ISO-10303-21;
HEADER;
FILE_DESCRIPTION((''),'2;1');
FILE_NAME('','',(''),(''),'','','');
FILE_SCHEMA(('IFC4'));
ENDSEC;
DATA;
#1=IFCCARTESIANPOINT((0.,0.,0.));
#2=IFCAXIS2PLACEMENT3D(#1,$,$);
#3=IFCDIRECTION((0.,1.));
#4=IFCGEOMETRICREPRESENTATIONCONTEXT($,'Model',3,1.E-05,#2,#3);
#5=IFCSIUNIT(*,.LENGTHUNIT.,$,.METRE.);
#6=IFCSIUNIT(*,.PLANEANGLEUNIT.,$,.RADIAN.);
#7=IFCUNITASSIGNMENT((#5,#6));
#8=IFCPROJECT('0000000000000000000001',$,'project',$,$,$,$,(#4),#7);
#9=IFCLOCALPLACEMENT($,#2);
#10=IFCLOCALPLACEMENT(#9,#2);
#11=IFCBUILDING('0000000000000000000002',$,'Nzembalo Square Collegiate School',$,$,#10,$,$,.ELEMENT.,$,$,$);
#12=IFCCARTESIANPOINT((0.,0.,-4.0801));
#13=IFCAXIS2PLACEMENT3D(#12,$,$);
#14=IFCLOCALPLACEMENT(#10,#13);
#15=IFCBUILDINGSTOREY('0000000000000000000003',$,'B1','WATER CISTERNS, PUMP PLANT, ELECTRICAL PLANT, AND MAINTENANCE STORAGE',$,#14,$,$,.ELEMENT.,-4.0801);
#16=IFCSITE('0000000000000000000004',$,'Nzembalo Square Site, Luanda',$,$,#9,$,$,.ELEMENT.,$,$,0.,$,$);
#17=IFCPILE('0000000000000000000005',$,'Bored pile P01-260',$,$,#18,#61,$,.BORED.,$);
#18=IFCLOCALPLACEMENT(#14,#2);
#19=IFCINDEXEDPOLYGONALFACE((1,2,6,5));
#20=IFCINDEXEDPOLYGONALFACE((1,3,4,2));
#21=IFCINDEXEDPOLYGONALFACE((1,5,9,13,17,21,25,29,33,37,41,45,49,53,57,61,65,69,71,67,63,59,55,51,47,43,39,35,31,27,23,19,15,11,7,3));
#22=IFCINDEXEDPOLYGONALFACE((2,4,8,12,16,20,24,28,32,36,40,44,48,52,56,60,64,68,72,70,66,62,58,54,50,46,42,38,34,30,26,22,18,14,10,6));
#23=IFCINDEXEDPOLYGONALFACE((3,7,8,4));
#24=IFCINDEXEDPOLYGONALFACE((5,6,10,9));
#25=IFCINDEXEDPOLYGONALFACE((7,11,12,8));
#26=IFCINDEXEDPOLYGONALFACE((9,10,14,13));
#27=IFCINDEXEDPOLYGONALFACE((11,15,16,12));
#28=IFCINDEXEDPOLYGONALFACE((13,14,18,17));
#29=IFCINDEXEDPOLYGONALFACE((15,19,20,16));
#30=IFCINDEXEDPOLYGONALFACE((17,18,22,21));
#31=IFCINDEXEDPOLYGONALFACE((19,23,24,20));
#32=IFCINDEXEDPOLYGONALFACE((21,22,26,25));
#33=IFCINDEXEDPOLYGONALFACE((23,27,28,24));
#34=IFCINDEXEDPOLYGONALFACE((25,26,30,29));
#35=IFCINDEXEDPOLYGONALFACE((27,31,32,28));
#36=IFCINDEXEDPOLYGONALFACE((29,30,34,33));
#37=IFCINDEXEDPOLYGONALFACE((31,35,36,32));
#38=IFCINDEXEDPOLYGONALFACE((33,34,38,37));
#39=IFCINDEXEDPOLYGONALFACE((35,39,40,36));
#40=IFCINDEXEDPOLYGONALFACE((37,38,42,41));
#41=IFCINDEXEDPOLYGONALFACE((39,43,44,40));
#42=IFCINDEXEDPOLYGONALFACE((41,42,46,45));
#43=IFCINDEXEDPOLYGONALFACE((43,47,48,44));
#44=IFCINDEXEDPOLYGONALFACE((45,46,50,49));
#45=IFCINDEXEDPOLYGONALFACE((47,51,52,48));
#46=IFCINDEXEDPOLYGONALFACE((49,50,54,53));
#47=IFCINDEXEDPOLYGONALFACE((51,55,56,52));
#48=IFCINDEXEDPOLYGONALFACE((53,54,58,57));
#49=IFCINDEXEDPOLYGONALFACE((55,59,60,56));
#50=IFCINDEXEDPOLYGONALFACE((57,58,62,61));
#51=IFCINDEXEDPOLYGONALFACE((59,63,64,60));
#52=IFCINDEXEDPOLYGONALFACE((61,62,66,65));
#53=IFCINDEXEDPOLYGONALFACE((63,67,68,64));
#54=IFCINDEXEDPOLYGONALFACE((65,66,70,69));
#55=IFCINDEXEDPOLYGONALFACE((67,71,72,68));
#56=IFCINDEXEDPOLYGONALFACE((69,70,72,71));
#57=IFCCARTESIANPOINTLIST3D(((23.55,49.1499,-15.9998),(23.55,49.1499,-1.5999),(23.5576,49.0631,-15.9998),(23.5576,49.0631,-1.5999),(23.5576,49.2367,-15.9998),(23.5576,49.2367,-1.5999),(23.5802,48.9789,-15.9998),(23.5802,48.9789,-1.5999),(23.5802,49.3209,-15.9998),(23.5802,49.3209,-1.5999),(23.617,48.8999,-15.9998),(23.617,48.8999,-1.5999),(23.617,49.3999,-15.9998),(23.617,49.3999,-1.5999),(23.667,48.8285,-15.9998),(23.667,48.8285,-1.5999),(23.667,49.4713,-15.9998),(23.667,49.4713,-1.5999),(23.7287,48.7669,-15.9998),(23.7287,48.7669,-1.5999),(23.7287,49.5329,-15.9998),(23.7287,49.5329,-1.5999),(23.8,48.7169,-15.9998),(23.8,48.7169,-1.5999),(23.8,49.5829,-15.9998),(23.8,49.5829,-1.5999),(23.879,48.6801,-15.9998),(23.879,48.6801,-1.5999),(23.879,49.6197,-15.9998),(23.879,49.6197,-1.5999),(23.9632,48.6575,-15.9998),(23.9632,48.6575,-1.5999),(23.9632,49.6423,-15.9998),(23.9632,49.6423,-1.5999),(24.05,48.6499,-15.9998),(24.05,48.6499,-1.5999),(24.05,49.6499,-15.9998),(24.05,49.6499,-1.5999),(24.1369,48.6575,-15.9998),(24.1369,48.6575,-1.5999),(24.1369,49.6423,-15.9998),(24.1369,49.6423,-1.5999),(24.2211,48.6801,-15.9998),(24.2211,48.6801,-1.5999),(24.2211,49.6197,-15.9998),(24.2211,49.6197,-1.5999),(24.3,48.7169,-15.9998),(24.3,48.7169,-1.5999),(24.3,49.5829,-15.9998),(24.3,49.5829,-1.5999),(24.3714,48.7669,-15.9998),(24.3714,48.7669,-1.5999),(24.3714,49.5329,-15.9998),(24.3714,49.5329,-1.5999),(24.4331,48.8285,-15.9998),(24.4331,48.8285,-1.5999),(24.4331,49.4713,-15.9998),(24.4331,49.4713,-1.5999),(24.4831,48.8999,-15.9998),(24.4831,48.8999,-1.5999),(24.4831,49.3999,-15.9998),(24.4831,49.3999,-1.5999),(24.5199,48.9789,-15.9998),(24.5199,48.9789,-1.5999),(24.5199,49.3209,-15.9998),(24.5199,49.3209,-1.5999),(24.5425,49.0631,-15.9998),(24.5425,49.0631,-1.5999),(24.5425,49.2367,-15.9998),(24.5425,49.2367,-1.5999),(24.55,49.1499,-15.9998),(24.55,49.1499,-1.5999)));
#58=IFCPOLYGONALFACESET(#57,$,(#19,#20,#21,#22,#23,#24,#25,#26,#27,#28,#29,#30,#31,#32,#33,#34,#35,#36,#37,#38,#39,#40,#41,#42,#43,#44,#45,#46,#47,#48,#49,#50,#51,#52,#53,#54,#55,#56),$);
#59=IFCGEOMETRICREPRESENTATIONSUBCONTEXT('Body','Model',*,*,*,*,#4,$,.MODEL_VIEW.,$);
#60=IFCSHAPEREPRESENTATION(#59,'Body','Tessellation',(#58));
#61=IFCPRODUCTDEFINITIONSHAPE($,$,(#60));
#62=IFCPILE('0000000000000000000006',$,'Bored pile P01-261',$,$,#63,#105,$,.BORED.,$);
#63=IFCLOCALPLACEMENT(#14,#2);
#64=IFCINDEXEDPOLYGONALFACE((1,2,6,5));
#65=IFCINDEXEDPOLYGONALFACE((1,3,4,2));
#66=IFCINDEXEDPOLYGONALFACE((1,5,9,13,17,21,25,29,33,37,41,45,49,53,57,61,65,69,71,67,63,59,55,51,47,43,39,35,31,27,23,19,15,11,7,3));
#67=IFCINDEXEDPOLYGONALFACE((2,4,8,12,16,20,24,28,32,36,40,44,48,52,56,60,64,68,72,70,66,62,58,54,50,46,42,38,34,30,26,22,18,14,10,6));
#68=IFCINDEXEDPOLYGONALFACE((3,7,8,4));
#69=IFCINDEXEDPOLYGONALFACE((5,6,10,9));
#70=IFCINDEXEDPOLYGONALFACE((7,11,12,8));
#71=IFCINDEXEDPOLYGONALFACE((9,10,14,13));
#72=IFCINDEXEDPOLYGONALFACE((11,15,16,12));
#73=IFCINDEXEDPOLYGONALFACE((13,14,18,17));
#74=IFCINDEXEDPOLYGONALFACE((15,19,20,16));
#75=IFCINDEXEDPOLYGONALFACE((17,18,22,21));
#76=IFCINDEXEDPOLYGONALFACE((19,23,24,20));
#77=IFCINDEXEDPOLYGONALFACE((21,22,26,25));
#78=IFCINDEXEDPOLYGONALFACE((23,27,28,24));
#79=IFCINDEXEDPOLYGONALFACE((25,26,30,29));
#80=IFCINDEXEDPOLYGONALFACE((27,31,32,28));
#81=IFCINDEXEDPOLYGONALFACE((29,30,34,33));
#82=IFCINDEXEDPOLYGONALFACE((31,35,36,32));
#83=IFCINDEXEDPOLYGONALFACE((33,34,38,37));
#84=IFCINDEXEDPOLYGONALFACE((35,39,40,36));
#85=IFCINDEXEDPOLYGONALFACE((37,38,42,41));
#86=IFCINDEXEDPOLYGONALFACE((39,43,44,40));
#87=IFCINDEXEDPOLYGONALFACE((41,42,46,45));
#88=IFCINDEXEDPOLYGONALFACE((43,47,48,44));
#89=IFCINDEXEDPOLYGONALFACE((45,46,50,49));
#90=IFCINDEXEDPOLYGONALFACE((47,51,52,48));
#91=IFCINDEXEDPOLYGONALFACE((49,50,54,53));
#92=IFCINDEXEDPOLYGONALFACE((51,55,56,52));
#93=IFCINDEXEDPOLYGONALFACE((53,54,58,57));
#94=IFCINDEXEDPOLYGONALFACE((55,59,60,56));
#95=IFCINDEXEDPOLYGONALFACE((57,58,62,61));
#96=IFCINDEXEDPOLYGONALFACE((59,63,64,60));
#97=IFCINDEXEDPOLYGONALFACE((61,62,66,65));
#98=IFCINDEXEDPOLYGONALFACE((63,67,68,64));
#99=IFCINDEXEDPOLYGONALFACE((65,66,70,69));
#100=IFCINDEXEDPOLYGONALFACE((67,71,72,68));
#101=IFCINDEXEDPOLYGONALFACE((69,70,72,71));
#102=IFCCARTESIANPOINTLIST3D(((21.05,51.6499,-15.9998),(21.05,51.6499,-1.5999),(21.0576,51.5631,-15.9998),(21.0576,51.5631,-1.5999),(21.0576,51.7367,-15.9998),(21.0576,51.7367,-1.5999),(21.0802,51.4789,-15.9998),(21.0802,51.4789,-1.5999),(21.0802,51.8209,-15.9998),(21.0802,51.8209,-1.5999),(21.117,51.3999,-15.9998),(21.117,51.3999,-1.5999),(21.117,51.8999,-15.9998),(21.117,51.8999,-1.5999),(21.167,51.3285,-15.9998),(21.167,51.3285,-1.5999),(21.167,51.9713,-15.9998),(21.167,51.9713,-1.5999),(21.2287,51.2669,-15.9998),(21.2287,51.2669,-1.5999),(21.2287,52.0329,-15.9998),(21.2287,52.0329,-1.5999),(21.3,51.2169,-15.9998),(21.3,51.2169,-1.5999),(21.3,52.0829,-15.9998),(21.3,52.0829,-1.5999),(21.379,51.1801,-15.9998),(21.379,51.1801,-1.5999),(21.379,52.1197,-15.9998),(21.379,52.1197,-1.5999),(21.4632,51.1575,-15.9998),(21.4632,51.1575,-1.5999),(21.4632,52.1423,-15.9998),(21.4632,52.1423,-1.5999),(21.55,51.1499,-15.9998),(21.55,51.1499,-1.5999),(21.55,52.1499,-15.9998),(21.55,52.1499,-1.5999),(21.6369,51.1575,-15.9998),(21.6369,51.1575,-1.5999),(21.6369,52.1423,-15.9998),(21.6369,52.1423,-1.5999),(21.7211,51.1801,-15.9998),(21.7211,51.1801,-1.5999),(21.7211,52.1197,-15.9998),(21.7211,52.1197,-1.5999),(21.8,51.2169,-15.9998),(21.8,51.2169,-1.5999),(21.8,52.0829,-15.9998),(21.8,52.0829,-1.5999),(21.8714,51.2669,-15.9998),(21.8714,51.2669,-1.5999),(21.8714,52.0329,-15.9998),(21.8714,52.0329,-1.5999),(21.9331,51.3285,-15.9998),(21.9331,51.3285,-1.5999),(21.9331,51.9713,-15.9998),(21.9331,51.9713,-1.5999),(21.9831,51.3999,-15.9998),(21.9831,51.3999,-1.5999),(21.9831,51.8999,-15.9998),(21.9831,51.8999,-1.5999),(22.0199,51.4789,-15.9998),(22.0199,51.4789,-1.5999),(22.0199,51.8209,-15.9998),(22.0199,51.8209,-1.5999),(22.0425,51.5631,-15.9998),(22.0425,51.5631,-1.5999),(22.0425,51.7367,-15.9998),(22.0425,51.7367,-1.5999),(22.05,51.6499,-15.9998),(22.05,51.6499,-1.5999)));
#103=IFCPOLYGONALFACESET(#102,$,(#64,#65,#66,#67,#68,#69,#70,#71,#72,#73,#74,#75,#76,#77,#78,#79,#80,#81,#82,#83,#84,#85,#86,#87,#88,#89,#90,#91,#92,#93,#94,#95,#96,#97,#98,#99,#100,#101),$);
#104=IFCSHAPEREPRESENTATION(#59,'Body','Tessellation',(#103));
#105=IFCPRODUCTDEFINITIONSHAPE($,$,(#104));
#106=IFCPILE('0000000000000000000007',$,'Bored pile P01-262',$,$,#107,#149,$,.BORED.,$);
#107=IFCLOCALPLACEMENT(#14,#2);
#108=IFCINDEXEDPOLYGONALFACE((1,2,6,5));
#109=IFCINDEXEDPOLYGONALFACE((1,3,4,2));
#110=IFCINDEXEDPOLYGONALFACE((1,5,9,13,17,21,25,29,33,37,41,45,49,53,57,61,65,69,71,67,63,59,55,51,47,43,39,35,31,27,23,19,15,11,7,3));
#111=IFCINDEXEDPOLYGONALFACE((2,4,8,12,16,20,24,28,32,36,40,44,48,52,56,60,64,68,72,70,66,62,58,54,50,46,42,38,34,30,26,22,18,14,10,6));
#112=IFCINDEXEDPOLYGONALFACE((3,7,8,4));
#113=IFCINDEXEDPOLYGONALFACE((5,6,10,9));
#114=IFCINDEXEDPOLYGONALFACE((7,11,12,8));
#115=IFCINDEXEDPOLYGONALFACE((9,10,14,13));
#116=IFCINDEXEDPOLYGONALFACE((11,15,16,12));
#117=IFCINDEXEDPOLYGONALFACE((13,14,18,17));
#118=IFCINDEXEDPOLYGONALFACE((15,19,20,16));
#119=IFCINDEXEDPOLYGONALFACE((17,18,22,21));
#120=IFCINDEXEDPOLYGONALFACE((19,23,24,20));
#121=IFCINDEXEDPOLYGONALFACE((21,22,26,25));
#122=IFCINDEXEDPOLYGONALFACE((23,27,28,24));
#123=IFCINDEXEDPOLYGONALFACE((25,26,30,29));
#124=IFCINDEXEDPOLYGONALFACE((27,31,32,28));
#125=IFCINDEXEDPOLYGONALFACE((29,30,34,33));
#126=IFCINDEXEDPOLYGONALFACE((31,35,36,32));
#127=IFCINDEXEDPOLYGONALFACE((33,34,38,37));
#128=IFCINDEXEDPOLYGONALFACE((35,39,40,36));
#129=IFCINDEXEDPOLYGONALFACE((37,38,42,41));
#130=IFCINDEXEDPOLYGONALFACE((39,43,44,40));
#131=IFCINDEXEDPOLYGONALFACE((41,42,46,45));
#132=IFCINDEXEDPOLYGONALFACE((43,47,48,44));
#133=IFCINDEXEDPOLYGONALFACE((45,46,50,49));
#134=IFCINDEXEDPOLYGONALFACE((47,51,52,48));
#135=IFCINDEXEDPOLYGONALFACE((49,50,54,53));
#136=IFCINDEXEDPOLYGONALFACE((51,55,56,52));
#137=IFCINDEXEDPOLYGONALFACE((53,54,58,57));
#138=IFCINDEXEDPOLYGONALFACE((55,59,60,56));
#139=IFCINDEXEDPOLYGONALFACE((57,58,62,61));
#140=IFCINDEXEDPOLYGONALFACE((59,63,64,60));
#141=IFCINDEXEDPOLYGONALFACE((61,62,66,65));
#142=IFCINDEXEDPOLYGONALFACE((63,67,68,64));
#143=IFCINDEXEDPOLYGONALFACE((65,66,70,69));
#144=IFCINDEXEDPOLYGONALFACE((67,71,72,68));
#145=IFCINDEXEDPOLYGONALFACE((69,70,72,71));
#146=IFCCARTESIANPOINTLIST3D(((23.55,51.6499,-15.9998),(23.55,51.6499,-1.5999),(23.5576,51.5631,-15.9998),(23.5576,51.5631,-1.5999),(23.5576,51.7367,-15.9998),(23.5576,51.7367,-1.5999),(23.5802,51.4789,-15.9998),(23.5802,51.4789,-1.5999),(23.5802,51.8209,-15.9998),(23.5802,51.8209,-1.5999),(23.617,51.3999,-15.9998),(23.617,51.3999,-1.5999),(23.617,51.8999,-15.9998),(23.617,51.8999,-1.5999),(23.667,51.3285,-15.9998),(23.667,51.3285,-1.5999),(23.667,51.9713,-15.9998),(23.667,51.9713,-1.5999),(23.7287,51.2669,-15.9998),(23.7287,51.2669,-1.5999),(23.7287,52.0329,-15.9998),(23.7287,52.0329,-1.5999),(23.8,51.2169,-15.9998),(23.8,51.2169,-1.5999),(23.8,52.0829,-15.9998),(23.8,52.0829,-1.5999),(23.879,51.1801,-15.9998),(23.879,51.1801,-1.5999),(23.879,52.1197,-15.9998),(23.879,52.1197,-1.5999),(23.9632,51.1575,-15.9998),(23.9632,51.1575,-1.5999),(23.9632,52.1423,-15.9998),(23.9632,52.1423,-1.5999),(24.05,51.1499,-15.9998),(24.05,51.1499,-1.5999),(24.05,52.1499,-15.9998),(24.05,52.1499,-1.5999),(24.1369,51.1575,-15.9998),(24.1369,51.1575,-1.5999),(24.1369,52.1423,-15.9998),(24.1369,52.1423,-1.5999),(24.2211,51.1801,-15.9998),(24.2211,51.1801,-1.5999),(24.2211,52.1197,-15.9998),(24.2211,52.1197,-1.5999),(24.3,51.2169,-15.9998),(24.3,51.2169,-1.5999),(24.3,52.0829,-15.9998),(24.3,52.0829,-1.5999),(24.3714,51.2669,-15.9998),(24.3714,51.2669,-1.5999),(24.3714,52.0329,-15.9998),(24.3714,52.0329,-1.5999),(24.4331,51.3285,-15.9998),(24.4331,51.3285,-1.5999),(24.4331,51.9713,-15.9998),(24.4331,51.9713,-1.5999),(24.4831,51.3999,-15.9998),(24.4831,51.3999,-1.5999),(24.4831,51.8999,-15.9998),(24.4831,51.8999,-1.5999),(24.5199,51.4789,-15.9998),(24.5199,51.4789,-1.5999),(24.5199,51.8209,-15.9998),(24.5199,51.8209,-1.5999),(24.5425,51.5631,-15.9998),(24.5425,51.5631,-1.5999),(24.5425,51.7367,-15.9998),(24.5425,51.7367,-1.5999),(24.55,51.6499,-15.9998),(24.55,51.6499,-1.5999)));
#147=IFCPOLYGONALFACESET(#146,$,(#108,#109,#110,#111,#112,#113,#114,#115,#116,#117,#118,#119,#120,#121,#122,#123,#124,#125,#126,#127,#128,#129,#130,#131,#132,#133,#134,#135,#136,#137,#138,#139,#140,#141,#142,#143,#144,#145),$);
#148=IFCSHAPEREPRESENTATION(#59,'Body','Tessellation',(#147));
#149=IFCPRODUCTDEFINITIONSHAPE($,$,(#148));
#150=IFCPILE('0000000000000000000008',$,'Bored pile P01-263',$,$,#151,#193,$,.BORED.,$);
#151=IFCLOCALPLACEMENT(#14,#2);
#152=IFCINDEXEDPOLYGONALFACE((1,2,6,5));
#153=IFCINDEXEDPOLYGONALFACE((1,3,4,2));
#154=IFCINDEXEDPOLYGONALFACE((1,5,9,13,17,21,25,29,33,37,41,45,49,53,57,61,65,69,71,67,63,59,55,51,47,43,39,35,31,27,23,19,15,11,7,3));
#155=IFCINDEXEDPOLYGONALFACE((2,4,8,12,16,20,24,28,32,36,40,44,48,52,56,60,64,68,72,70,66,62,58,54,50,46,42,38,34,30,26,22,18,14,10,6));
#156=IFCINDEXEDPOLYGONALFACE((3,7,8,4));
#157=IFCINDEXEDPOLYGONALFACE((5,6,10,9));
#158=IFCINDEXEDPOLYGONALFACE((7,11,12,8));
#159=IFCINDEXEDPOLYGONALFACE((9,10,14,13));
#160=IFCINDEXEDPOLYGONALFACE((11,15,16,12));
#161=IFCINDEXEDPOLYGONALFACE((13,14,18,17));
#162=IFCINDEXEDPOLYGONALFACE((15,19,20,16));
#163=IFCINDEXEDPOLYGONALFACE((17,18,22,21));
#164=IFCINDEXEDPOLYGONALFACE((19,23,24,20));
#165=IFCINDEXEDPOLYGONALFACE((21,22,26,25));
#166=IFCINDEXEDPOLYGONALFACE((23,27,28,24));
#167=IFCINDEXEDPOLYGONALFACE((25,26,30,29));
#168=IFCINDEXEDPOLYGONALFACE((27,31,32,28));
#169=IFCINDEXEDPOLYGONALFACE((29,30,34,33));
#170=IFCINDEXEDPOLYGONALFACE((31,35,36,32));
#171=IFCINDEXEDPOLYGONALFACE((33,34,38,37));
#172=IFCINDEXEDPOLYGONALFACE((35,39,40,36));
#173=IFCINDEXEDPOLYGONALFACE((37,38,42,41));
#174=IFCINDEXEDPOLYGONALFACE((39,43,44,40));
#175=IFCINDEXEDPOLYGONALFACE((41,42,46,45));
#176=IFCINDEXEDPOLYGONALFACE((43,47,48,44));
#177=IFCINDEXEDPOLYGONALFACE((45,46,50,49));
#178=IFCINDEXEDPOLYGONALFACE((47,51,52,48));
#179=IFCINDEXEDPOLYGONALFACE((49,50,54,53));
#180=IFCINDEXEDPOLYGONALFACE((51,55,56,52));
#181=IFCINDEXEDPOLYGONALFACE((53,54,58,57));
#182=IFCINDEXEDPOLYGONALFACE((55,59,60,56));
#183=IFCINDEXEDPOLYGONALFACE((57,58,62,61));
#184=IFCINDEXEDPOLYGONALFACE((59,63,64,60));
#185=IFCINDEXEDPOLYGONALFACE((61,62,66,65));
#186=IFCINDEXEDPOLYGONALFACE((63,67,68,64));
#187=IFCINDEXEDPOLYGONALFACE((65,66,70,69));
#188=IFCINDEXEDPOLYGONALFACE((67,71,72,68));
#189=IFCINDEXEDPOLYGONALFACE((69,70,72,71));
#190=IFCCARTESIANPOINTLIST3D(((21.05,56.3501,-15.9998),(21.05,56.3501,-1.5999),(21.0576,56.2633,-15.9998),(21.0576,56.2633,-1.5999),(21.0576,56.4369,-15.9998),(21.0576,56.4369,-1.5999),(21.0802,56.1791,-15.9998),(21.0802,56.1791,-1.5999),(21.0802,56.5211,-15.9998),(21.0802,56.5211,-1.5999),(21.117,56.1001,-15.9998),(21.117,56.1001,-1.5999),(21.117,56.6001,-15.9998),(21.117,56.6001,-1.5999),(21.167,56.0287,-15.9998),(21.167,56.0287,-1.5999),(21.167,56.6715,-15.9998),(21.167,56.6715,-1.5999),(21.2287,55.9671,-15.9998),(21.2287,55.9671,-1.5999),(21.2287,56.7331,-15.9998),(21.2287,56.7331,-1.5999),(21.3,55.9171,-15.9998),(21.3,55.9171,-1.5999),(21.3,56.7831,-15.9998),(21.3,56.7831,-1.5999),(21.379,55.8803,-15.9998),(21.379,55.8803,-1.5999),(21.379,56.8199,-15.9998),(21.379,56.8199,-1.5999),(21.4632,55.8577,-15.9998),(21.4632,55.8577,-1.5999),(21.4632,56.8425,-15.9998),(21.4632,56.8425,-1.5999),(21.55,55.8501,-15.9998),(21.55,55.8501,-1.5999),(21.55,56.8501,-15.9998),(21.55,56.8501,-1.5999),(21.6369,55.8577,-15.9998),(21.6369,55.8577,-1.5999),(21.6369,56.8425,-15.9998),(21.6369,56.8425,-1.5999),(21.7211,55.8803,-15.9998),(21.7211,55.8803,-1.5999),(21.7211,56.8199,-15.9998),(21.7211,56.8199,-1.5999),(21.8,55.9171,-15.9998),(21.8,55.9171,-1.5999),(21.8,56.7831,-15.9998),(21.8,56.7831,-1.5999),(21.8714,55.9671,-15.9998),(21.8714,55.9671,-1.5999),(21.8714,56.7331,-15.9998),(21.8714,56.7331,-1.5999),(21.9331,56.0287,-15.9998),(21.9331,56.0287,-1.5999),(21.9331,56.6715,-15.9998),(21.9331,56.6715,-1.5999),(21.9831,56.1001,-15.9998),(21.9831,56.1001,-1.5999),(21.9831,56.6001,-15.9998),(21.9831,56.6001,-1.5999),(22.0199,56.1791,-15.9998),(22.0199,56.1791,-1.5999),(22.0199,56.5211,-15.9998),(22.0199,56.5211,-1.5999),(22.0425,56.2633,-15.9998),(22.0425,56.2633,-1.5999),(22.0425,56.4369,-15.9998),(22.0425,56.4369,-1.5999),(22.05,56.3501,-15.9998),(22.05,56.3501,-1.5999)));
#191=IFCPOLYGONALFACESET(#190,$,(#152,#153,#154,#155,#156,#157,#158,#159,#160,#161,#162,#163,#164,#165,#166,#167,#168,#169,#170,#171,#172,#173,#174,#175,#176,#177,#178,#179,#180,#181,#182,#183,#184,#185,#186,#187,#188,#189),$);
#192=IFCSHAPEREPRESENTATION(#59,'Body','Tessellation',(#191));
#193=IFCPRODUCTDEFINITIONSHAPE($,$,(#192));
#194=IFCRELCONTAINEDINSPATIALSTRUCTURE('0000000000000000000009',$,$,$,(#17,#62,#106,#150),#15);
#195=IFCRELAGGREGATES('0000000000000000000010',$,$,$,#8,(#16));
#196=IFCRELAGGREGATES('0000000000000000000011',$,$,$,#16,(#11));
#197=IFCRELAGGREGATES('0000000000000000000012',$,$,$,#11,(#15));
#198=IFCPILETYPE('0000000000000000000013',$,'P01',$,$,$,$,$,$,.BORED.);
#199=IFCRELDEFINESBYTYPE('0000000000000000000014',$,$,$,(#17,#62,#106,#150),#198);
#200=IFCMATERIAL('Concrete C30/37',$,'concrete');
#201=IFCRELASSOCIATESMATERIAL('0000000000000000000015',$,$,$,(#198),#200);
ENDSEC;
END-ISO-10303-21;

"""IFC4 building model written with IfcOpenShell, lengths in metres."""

from ifc_helpers import new_model, si_unit, direction, frame, origin, origin_2d, place, context, subcontext, project, spatial, circle, extrude, material, material_profile, profile_set, type_object, element, save


model = new_model("IFC4")

# Units and contexts
model_context = context("Model", 3, precision=1e-05, world=origin(), true_north=direction((0.0, 1.0)))
body_context = subcontext(model_context, "Body", "Model", "MODEL_VIEW")
ifc_project = project(units=[si_unit("LENGTHUNIT", "METRE"), si_unit("PLANEANGLEUNIT", "RADIAN")], contexts=[model_context])

# Site, building, storey
site_placement = place(None, origin())
site = spatial("IfcSite", under=ifc_project, at=site_placement, Name="Nzembalo Square Site, Luanda", CompositionType="ELEMENT", RefElevation=0.0)
building_placement = place(site_placement, origin())
building = spatial("IfcBuilding", under=site, at=building_placement, Name="Nzembalo Square Collegiate School", CompositionType="ELEMENT")
storey_placement = place(building_placement, frame((0.0, 0.0, -4.0801)))
storey = spatial("IfcBuildingStorey", under=building, at=storey_placement, Name="B1", Description="WATER CISTERNS, PUMP PLANT, ELECTRICAL PLANT, AND MAINTENANCE STORAGE", CompositionType="ELEMENT", Elevation=-4.0801)

# Piles
ifc_material_1 = material(Name="Concrete C30/37", Category="concrete")
ifc_material_profile_1 = material_profile(ifc_material_1, circle(Radius=0.5, at=origin_2d()), Name="PILE D1000")
ifc_profile_set_1 = profile_set([ifc_material_profile_1], Name="Concrete C30/37")
pile_type_1 = type_object("IfcPileType", Name="P01", PredefinedType="BORED", material=ifc_profile_set_1)
for number, where, z_axis, x_axis, name in (
    (1, (24.05, 49.1499, -1.5999), (0.0, 0.0, -1.0), (1.0, 0.0, 0.0), "Bored pile P01-260"),
    (2, (21.55, 51.6499, -1.5999), (0.0, 0.0, -1.0), (1.0, 0.0, 0.0), "Bored pile P01-261"),
    (3, (24.05, 51.6499, -1.5999), (0.0, 0.0, -1.0), (1.0, 0.0, 0.0), "Bored pile P01-262"),
    (4, (21.55, 56.3501, -1.5999), (0.0, 0.0, -1.0), (1.0, 0.0, 0.0), "Bored pile P01-263"),
):
    element("IfcPile", number, at=place(storey_placement, frame(where, z_axis=z_axis, x_axis=x_axis)), inside=storey, type_object=pile_type_1, Name=name, PredefinedType="BORED", context=body_context, shape_type="SweptSolid", body=[
        extrude(circle(Radius=0.5, at=origin_2d()), origin(), (0.0, 0.0, 1.0), 14.3999),
    ])

save(model, "model.ifc")
